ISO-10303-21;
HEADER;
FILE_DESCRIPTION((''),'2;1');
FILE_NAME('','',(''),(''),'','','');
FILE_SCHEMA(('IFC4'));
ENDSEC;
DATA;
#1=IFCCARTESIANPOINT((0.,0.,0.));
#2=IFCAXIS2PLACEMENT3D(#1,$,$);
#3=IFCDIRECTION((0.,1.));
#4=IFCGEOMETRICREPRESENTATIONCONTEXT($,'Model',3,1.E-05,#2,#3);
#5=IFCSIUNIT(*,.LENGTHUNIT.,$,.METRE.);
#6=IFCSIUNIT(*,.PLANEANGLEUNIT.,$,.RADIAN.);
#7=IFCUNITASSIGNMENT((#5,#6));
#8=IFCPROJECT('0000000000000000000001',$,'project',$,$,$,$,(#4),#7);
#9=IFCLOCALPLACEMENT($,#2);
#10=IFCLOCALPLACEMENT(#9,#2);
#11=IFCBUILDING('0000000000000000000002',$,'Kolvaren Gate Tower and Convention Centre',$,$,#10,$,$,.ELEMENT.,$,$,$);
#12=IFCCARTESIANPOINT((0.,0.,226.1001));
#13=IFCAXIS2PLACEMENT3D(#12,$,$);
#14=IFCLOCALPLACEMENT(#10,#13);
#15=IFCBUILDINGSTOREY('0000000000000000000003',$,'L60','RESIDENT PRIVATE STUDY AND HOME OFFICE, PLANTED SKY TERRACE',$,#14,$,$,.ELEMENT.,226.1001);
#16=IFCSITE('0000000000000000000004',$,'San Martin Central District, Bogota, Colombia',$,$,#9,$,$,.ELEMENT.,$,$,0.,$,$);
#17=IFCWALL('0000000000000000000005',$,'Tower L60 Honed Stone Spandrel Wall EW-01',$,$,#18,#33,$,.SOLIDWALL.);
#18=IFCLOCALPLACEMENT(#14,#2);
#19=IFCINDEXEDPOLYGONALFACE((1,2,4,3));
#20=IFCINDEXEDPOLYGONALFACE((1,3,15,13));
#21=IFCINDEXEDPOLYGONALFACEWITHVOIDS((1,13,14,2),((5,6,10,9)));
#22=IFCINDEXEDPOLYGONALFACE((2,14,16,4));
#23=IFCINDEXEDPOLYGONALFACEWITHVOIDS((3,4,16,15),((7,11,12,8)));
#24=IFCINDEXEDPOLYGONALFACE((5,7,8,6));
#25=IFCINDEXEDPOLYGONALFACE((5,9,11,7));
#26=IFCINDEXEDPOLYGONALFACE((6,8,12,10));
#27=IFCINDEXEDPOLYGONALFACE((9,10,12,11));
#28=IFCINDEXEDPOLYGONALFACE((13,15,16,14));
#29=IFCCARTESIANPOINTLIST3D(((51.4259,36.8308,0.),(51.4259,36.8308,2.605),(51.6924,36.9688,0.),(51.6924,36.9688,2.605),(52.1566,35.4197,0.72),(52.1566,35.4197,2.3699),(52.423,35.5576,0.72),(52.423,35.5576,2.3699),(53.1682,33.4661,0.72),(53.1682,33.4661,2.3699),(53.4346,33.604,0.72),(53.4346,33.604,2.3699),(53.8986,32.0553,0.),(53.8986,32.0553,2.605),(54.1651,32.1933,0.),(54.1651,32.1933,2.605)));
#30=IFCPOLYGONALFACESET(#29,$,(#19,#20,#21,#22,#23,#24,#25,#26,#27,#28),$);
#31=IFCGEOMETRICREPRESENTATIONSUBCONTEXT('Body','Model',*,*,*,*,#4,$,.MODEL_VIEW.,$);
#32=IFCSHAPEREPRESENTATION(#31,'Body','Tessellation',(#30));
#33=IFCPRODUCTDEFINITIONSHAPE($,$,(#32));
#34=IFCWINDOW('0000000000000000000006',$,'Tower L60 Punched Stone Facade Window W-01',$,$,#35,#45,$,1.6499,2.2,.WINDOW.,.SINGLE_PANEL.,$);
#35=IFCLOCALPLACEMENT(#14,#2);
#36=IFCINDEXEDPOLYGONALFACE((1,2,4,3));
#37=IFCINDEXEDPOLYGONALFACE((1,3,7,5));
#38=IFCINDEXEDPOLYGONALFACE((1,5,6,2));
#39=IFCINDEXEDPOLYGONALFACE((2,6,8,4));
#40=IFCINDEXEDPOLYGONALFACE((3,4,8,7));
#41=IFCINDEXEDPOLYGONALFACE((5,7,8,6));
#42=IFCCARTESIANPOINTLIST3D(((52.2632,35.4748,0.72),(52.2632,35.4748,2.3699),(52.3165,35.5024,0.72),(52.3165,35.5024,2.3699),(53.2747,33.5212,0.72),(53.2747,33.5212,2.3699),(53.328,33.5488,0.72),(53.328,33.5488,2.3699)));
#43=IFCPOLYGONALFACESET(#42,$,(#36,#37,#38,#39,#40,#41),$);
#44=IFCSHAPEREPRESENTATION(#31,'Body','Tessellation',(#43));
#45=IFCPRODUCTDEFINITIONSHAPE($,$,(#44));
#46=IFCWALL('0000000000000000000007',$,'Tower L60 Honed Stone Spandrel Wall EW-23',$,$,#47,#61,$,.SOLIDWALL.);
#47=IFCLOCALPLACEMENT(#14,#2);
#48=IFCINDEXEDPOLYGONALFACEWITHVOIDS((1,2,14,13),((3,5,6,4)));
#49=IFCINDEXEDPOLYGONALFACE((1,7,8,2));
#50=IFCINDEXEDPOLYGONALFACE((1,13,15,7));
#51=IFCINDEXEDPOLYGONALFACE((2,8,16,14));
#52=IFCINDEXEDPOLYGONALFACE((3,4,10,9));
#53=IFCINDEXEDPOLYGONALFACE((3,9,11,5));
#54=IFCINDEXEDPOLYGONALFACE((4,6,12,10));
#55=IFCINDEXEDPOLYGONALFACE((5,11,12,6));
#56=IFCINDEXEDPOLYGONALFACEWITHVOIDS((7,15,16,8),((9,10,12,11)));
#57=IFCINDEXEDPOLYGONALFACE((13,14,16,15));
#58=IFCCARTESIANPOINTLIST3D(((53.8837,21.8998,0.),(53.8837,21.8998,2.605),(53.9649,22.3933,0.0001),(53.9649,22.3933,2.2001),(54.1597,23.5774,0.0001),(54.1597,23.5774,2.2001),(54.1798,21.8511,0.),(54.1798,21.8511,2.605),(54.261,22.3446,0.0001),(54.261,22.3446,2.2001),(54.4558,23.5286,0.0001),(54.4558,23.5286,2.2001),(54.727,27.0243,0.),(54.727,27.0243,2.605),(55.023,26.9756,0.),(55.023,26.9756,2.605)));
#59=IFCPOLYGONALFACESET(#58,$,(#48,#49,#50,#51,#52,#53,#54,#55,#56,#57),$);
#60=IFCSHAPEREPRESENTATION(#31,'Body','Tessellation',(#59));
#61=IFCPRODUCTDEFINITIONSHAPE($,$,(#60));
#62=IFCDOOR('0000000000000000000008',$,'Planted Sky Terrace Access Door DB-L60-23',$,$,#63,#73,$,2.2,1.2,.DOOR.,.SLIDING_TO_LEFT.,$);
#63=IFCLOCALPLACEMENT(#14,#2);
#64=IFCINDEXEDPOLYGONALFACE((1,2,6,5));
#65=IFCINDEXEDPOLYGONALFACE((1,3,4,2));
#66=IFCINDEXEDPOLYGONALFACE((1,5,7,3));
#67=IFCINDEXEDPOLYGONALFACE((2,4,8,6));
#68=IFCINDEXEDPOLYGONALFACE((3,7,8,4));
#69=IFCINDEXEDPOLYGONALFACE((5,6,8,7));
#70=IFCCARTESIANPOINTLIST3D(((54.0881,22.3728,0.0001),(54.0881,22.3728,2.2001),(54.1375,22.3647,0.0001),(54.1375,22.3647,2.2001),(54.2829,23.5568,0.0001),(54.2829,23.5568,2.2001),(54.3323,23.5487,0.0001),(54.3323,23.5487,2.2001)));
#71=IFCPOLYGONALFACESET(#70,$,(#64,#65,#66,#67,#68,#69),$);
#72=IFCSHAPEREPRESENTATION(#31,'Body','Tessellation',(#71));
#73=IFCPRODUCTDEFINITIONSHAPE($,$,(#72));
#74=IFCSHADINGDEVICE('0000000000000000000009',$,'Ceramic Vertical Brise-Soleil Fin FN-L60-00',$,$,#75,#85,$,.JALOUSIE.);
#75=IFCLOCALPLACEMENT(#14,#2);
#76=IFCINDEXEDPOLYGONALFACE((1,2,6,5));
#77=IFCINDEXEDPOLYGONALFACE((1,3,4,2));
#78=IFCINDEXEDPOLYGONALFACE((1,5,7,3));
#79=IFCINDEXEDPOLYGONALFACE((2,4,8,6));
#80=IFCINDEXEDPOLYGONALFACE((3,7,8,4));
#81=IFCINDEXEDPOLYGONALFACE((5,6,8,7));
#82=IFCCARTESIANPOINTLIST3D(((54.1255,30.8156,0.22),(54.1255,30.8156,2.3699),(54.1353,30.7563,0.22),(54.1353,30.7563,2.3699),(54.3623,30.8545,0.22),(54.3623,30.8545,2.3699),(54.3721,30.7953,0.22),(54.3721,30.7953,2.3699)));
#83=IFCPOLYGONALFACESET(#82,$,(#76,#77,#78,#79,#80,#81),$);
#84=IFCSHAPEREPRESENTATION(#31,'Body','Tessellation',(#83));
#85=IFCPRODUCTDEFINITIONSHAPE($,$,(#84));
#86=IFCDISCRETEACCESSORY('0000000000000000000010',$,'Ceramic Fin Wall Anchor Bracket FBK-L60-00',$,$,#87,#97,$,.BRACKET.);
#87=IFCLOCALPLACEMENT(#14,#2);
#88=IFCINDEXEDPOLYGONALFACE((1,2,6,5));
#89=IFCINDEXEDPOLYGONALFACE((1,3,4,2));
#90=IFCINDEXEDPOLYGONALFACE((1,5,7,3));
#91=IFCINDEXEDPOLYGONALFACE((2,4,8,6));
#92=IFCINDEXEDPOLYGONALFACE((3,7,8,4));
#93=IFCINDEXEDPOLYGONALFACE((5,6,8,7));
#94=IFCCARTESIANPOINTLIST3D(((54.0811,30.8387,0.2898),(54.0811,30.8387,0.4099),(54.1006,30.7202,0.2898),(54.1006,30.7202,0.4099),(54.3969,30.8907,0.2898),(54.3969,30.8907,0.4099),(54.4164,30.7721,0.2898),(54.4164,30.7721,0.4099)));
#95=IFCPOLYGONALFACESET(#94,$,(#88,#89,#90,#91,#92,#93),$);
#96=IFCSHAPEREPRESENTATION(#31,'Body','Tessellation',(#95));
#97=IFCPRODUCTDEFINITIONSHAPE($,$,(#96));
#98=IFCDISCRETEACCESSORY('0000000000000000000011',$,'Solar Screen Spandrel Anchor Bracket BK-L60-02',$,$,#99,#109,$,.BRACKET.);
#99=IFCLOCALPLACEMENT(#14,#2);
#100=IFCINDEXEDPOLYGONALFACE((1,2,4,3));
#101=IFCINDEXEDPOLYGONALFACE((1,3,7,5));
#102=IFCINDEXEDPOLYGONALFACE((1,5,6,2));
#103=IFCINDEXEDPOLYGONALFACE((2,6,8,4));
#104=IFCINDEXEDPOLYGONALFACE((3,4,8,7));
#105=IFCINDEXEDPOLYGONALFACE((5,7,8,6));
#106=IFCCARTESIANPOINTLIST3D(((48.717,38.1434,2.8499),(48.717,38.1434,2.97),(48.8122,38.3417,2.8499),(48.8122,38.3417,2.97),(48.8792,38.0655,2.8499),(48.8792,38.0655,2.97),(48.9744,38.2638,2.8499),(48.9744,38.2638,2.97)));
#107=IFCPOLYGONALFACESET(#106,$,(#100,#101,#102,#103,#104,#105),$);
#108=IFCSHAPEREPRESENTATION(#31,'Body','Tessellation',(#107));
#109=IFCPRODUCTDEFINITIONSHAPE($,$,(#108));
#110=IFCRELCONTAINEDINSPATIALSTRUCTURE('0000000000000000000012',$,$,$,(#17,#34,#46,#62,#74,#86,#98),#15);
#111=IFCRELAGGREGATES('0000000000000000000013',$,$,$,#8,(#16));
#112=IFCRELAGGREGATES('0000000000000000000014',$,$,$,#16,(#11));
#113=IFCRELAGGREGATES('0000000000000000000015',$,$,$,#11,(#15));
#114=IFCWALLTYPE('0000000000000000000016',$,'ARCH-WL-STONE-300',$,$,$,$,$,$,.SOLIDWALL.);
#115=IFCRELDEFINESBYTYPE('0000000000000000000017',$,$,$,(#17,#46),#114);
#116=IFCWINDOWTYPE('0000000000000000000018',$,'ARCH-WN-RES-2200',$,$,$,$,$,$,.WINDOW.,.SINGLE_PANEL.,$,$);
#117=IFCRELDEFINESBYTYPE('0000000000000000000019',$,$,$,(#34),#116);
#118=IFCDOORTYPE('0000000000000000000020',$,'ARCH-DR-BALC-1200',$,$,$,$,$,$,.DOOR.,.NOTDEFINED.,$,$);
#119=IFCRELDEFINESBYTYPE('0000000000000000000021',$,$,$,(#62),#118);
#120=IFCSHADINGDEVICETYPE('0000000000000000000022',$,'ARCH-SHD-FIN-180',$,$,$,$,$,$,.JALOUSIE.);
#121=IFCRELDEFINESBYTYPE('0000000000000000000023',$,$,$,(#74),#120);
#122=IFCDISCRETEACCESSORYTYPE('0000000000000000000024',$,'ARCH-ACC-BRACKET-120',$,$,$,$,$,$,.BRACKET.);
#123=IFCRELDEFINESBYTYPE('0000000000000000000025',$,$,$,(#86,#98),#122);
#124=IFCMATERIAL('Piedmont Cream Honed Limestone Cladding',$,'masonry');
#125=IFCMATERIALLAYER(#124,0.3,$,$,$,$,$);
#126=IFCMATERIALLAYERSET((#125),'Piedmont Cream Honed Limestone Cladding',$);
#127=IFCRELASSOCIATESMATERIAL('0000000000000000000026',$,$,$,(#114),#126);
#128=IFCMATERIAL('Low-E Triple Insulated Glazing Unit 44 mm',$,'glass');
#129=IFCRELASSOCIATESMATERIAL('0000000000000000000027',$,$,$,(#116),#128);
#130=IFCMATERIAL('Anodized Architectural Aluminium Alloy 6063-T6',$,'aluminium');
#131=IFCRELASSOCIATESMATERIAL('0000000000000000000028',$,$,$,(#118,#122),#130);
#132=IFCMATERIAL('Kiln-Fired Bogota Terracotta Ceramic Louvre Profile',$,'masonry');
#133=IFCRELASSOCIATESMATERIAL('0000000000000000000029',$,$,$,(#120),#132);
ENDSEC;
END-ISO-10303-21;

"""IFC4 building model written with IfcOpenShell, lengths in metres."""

from ifc_helpers import new_model, si_unit, direction, frame, frame_2d, origin, origin_2d, place, context, subcontext, project, spatial, rectangle, extrude, material, layer, layer_set, type_object, element, fill, save


model = new_model("IFC4")

# Units and contexts
model_context = context("Model", 3, precision=1e-05, world=origin(), true_north=direction((0.0, 1.0)))
body_context = subcontext(model_context, "Body", "Model", "MODEL_VIEW")
ifc_project = project(units=[si_unit("LENGTHUNIT", "METRE"), si_unit("PLANEANGLEUNIT", "RADIAN")], contexts=[model_context])

# Site, building, storey
site_placement = place(None, origin())
site = spatial("IfcSite", under=ifc_project, at=site_placement, Name="San Martin Central District, Bogota, Colombia", CompositionType="ELEMENT", RefElevation=0.0)
building_placement = place(site_placement, origin())
building = spatial("IfcBuilding", under=site, at=building_placement, Name="Kolvaren Gate Tower and Convention Centre", CompositionType="ELEMENT")
storey_placement = place(building_placement, frame((0.0, 0.0, 226.1001)))
storey = spatial("IfcBuildingStorey", under=building, at=storey_placement, Name="L60", Description="RESIDENT PRIVATE STUDY AND HOME OFFICE, PLANTED SKY TERRACE", CompositionType="ELEMENT", Elevation=226.1001)

# Shared definitions
ifc_material_1 = material(Name="Anodized Architectural Aluminium Alloy 6063-T6", Category="aluminium")

# Shared definitions
ifc_material_2 = material(Name="Low-E Triple Insulated Glazing Unit 44 mm", Category="glass")

# Shared definitions
ifc_material_3 = material(Name="Piedmont Cream Honed Limestone Cladding", Category="masonry")

# Wall, opening, window
ifc_layer_1 = layer(ifc_material_3, 0.3)
ifc_layer_set_1 = layer_set([ifc_layer_1], Name="Piedmont Cream Honed Limestone Cladding")
wall_type_1 = type_object("IfcWallType", Name="ARCH-WL-STONE-300", PredefinedType="SOLIDWALL", material=ifc_layer_set_1)
window_type = type_object("IfcWindowType", Name="ARCH-WN-RES-2200", PartitioningType="SINGLE_PANEL", PredefinedType="WINDOW", material=ifc_material_2)
wall_1_placement = place(storey_placement, frame((51.5591, 36.8999, 0.0), z_axis=(0.0, 0.0, 1.0), x_axis=(0.459808, -0.888018, 0.0)))
wall_1 = element("IfcWall", 1, at=wall_1_placement, inside=storey, type_object=wall_type_1, Name="Tower L60 Honed Stone Spandrel Wall EW-01", PredefinedType="SOLIDWALL", context=body_context, shape_type="SweptSolid", body=[
    extrude(rectangle(XDim=5.3777, YDim=0.3, at=frame_2d((2.689, 0.0))), origin(), (0.0, 0.0, 1.0), 2.605),
])
opening_1_placement = place(wall_1_placement, frame((1.5891, 0.0, 0.72)))
opening_1 = element("IfcOpeningElement", 2, at=opening_1_placement, cuts=wall_1, PredefinedType="OPENING", context=body_context, shape_type="SweptSolid", body=[
    extrude(rectangle(XDim=2.2, YDim=1.6499, at=frame_2d((1.1001, 0.825))), frame((0.0, 0.1599, 0.0), z_axis=(0.0, -1.0, 0.0), x_axis=(1.0, 0.0, 0.0)), (0.0, 0.0, 1.0), 0.3201),
])
window_1_placement = place(opening_1_placement, origin())
window_1 = element("IfcWindow", 3, at=window_1_placement, inside=storey, type_object=window_type, Name="Tower L60 Punched Stone Facade Window W-01", OverallHeight=1.6499, OverallWidth=2.2, PartitioningType="SINGLE_PANEL", PredefinedType="WINDOW", context=body_context, shape_type="SweptSolid", body=[
    extrude(rectangle(XDim=2.2, YDim=1.6499, at=frame_2d((1.1001, 0.825))), frame((0.0, 0.03, 0.0), z_axis=(0.0, -1.0, 0.0), x_axis=(1.0, 0.0, 0.0)), (0.0, 0.0, 1.0), 0.0601),
])
fill(opening_1, window_1)

# Wall, opening, door
wall_2_placement = place(storey_placement, frame((54.0317, 21.8755, 0.0), z_axis=(0.0, 0.0, 1.0), x_axis=(0.162371, 0.98673, 0.0)))
wall_2 = element("IfcWall", 4, at=wall_2_placement, inside=storey, type_object=wall_type_1, Name="Tower L60 Honed Stone Spandrel Wall EW-23", PredefinedType="SOLIDWALL", context=body_context, shape_type="SweptSolid", body=[
    extrude(rectangle(XDim=5.1934, YDim=0.3, at=frame_2d((2.5967, 0.0))), origin(), (0.0, 0.0, 1.0), 2.605),
])
opening_2_placement = place(wall_2_placement, frame((0.5, 0.0, 0.0)))
opening_2 = element("IfcOpeningElement", 5, at=opening_2_placement, cuts=wall_2, PredefinedType="OPENING", context=body_context, shape_type="SweptSolid", body=[
    extrude(rectangle(XDim=1.2, YDim=2.2, at=frame_2d((0.6001, 1.1001))), frame((0.0, 0.1599, 0.0), z_axis=(0.0, -1.0, 0.0), x_axis=(1.0, 0.0, 0.0)), (0.0, 0.0, 1.0), 0.3201),
])
door_type = type_object("IfcDoorType", Name="ARCH-DR-BALC-1200", OperationType="NOTDEFINED", PredefinedType="DOOR", material=ifc_material_1)
door_placement = place(opening_2_placement, frame((1.2, 0.0, 0.0), z_axis=(0.0, 0.0, 1.0), x_axis=(-1.0, 0.0, 0.0)))
door = element("IfcDoor", 6, at=door_placement, inside=storey, type_object=door_type, Name="Planted Sky Terrace Access Door DB-L60-23", OperationType="SLIDING_TO_LEFT", OverallHeight=2.2, OverallWidth=1.2, PredefinedType="DOOR", context=body_context, shape_type="SweptSolid", body=[
    extrude(rectangle(XDim=1.2, YDim=2.2, at=frame_2d((0.6001, 1.1001))), frame((0.0, 0.0249, 0.0), z_axis=(0.0, -1.0, 0.0), x_axis=(1.0, 0.0, 0.0)), (0.0, 0.0, 1.0), 0.05),
])
fill(opening_2, door)

# Shading device
ifc_material_4 = material(Name="Kiln-Fired Bogota Terracotta Ceramic Louvre Profile", Category="masonry")
shading_device_type = type_object("IfcShadingDeviceType", Name="ARCH-SHD-FIN-180", PredefinedType="JALOUSIE", material=ifc_material_4)
shading_device_placement = place(storey_placement, frame((54.2488, 30.8054, 0.22), z_axis=(0.0, 0.0, 1.0), x_axis=(0.162375, -0.986729, 0.0)))
element("IfcShadingDevice", 7, at=shading_device_placement, inside=storey, type_object=shading_device_type, Name="Ceramic Vertical Brise-Soleil Fin FN-L60-00", PredefinedType="JALOUSIE", context=body_context, shape_type="SweptSolid", body=[
    extrude(rectangle(XDim=0.0601, YDim=0.24, at=origin_2d()), origin(), (0.0, 0.0, 1.0), 2.1499),
])

# Discrete accessories
discrete_accessory_type = type_object("IfcDiscreteAccessoryType", Name="ARCH-ACC-BRACKET-120", PredefinedType="BRACKET", material=ifc_material_1)
discrete_accessory_1_placement = place(storey_placement, frame((54.2488, 30.8054, 0.2898), z_axis=(0.0, 0.0, 1.0), x_axis=(0.162375, -0.986729, 0.0)))
element("IfcDiscreteAccessory", 8, at=discrete_accessory_1_placement, inside=storey, type_object=discrete_accessory_type, Name="Ceramic Fin Wall Anchor Bracket FBK-L60-00", PredefinedType="BRACKET", context=body_context, shape_type="SweptSolid", body=[
    extrude(rectangle(XDim=0.1201, YDim=0.3201, at=origin_2d()), origin(), (0.0, 0.0, 1.0), 0.1201),
])
discrete_accessory_2_placement = place(storey_placement, frame((48.8457, 38.2036, 2.8499), z_axis=(0.0, 0.0, 1.0), x_axis=(0.901359, -0.433072, 0.0)))
element("IfcDiscreteAccessory", 9, at=discrete_accessory_2_placement, inside=storey, type_object=discrete_accessory_type, Name="Solar Screen Spandrel Anchor Bracket BK-L60-02", PredefinedType="BRACKET", context=body_context, shape_type="SweptSolid", body=[
    extrude(rectangle(XDim=0.1799, YDim=0.22, at=origin_2d()), origin(), (0.0, 0.0, 1.0), 0.1201),
])

save(model, "model.ifc")
